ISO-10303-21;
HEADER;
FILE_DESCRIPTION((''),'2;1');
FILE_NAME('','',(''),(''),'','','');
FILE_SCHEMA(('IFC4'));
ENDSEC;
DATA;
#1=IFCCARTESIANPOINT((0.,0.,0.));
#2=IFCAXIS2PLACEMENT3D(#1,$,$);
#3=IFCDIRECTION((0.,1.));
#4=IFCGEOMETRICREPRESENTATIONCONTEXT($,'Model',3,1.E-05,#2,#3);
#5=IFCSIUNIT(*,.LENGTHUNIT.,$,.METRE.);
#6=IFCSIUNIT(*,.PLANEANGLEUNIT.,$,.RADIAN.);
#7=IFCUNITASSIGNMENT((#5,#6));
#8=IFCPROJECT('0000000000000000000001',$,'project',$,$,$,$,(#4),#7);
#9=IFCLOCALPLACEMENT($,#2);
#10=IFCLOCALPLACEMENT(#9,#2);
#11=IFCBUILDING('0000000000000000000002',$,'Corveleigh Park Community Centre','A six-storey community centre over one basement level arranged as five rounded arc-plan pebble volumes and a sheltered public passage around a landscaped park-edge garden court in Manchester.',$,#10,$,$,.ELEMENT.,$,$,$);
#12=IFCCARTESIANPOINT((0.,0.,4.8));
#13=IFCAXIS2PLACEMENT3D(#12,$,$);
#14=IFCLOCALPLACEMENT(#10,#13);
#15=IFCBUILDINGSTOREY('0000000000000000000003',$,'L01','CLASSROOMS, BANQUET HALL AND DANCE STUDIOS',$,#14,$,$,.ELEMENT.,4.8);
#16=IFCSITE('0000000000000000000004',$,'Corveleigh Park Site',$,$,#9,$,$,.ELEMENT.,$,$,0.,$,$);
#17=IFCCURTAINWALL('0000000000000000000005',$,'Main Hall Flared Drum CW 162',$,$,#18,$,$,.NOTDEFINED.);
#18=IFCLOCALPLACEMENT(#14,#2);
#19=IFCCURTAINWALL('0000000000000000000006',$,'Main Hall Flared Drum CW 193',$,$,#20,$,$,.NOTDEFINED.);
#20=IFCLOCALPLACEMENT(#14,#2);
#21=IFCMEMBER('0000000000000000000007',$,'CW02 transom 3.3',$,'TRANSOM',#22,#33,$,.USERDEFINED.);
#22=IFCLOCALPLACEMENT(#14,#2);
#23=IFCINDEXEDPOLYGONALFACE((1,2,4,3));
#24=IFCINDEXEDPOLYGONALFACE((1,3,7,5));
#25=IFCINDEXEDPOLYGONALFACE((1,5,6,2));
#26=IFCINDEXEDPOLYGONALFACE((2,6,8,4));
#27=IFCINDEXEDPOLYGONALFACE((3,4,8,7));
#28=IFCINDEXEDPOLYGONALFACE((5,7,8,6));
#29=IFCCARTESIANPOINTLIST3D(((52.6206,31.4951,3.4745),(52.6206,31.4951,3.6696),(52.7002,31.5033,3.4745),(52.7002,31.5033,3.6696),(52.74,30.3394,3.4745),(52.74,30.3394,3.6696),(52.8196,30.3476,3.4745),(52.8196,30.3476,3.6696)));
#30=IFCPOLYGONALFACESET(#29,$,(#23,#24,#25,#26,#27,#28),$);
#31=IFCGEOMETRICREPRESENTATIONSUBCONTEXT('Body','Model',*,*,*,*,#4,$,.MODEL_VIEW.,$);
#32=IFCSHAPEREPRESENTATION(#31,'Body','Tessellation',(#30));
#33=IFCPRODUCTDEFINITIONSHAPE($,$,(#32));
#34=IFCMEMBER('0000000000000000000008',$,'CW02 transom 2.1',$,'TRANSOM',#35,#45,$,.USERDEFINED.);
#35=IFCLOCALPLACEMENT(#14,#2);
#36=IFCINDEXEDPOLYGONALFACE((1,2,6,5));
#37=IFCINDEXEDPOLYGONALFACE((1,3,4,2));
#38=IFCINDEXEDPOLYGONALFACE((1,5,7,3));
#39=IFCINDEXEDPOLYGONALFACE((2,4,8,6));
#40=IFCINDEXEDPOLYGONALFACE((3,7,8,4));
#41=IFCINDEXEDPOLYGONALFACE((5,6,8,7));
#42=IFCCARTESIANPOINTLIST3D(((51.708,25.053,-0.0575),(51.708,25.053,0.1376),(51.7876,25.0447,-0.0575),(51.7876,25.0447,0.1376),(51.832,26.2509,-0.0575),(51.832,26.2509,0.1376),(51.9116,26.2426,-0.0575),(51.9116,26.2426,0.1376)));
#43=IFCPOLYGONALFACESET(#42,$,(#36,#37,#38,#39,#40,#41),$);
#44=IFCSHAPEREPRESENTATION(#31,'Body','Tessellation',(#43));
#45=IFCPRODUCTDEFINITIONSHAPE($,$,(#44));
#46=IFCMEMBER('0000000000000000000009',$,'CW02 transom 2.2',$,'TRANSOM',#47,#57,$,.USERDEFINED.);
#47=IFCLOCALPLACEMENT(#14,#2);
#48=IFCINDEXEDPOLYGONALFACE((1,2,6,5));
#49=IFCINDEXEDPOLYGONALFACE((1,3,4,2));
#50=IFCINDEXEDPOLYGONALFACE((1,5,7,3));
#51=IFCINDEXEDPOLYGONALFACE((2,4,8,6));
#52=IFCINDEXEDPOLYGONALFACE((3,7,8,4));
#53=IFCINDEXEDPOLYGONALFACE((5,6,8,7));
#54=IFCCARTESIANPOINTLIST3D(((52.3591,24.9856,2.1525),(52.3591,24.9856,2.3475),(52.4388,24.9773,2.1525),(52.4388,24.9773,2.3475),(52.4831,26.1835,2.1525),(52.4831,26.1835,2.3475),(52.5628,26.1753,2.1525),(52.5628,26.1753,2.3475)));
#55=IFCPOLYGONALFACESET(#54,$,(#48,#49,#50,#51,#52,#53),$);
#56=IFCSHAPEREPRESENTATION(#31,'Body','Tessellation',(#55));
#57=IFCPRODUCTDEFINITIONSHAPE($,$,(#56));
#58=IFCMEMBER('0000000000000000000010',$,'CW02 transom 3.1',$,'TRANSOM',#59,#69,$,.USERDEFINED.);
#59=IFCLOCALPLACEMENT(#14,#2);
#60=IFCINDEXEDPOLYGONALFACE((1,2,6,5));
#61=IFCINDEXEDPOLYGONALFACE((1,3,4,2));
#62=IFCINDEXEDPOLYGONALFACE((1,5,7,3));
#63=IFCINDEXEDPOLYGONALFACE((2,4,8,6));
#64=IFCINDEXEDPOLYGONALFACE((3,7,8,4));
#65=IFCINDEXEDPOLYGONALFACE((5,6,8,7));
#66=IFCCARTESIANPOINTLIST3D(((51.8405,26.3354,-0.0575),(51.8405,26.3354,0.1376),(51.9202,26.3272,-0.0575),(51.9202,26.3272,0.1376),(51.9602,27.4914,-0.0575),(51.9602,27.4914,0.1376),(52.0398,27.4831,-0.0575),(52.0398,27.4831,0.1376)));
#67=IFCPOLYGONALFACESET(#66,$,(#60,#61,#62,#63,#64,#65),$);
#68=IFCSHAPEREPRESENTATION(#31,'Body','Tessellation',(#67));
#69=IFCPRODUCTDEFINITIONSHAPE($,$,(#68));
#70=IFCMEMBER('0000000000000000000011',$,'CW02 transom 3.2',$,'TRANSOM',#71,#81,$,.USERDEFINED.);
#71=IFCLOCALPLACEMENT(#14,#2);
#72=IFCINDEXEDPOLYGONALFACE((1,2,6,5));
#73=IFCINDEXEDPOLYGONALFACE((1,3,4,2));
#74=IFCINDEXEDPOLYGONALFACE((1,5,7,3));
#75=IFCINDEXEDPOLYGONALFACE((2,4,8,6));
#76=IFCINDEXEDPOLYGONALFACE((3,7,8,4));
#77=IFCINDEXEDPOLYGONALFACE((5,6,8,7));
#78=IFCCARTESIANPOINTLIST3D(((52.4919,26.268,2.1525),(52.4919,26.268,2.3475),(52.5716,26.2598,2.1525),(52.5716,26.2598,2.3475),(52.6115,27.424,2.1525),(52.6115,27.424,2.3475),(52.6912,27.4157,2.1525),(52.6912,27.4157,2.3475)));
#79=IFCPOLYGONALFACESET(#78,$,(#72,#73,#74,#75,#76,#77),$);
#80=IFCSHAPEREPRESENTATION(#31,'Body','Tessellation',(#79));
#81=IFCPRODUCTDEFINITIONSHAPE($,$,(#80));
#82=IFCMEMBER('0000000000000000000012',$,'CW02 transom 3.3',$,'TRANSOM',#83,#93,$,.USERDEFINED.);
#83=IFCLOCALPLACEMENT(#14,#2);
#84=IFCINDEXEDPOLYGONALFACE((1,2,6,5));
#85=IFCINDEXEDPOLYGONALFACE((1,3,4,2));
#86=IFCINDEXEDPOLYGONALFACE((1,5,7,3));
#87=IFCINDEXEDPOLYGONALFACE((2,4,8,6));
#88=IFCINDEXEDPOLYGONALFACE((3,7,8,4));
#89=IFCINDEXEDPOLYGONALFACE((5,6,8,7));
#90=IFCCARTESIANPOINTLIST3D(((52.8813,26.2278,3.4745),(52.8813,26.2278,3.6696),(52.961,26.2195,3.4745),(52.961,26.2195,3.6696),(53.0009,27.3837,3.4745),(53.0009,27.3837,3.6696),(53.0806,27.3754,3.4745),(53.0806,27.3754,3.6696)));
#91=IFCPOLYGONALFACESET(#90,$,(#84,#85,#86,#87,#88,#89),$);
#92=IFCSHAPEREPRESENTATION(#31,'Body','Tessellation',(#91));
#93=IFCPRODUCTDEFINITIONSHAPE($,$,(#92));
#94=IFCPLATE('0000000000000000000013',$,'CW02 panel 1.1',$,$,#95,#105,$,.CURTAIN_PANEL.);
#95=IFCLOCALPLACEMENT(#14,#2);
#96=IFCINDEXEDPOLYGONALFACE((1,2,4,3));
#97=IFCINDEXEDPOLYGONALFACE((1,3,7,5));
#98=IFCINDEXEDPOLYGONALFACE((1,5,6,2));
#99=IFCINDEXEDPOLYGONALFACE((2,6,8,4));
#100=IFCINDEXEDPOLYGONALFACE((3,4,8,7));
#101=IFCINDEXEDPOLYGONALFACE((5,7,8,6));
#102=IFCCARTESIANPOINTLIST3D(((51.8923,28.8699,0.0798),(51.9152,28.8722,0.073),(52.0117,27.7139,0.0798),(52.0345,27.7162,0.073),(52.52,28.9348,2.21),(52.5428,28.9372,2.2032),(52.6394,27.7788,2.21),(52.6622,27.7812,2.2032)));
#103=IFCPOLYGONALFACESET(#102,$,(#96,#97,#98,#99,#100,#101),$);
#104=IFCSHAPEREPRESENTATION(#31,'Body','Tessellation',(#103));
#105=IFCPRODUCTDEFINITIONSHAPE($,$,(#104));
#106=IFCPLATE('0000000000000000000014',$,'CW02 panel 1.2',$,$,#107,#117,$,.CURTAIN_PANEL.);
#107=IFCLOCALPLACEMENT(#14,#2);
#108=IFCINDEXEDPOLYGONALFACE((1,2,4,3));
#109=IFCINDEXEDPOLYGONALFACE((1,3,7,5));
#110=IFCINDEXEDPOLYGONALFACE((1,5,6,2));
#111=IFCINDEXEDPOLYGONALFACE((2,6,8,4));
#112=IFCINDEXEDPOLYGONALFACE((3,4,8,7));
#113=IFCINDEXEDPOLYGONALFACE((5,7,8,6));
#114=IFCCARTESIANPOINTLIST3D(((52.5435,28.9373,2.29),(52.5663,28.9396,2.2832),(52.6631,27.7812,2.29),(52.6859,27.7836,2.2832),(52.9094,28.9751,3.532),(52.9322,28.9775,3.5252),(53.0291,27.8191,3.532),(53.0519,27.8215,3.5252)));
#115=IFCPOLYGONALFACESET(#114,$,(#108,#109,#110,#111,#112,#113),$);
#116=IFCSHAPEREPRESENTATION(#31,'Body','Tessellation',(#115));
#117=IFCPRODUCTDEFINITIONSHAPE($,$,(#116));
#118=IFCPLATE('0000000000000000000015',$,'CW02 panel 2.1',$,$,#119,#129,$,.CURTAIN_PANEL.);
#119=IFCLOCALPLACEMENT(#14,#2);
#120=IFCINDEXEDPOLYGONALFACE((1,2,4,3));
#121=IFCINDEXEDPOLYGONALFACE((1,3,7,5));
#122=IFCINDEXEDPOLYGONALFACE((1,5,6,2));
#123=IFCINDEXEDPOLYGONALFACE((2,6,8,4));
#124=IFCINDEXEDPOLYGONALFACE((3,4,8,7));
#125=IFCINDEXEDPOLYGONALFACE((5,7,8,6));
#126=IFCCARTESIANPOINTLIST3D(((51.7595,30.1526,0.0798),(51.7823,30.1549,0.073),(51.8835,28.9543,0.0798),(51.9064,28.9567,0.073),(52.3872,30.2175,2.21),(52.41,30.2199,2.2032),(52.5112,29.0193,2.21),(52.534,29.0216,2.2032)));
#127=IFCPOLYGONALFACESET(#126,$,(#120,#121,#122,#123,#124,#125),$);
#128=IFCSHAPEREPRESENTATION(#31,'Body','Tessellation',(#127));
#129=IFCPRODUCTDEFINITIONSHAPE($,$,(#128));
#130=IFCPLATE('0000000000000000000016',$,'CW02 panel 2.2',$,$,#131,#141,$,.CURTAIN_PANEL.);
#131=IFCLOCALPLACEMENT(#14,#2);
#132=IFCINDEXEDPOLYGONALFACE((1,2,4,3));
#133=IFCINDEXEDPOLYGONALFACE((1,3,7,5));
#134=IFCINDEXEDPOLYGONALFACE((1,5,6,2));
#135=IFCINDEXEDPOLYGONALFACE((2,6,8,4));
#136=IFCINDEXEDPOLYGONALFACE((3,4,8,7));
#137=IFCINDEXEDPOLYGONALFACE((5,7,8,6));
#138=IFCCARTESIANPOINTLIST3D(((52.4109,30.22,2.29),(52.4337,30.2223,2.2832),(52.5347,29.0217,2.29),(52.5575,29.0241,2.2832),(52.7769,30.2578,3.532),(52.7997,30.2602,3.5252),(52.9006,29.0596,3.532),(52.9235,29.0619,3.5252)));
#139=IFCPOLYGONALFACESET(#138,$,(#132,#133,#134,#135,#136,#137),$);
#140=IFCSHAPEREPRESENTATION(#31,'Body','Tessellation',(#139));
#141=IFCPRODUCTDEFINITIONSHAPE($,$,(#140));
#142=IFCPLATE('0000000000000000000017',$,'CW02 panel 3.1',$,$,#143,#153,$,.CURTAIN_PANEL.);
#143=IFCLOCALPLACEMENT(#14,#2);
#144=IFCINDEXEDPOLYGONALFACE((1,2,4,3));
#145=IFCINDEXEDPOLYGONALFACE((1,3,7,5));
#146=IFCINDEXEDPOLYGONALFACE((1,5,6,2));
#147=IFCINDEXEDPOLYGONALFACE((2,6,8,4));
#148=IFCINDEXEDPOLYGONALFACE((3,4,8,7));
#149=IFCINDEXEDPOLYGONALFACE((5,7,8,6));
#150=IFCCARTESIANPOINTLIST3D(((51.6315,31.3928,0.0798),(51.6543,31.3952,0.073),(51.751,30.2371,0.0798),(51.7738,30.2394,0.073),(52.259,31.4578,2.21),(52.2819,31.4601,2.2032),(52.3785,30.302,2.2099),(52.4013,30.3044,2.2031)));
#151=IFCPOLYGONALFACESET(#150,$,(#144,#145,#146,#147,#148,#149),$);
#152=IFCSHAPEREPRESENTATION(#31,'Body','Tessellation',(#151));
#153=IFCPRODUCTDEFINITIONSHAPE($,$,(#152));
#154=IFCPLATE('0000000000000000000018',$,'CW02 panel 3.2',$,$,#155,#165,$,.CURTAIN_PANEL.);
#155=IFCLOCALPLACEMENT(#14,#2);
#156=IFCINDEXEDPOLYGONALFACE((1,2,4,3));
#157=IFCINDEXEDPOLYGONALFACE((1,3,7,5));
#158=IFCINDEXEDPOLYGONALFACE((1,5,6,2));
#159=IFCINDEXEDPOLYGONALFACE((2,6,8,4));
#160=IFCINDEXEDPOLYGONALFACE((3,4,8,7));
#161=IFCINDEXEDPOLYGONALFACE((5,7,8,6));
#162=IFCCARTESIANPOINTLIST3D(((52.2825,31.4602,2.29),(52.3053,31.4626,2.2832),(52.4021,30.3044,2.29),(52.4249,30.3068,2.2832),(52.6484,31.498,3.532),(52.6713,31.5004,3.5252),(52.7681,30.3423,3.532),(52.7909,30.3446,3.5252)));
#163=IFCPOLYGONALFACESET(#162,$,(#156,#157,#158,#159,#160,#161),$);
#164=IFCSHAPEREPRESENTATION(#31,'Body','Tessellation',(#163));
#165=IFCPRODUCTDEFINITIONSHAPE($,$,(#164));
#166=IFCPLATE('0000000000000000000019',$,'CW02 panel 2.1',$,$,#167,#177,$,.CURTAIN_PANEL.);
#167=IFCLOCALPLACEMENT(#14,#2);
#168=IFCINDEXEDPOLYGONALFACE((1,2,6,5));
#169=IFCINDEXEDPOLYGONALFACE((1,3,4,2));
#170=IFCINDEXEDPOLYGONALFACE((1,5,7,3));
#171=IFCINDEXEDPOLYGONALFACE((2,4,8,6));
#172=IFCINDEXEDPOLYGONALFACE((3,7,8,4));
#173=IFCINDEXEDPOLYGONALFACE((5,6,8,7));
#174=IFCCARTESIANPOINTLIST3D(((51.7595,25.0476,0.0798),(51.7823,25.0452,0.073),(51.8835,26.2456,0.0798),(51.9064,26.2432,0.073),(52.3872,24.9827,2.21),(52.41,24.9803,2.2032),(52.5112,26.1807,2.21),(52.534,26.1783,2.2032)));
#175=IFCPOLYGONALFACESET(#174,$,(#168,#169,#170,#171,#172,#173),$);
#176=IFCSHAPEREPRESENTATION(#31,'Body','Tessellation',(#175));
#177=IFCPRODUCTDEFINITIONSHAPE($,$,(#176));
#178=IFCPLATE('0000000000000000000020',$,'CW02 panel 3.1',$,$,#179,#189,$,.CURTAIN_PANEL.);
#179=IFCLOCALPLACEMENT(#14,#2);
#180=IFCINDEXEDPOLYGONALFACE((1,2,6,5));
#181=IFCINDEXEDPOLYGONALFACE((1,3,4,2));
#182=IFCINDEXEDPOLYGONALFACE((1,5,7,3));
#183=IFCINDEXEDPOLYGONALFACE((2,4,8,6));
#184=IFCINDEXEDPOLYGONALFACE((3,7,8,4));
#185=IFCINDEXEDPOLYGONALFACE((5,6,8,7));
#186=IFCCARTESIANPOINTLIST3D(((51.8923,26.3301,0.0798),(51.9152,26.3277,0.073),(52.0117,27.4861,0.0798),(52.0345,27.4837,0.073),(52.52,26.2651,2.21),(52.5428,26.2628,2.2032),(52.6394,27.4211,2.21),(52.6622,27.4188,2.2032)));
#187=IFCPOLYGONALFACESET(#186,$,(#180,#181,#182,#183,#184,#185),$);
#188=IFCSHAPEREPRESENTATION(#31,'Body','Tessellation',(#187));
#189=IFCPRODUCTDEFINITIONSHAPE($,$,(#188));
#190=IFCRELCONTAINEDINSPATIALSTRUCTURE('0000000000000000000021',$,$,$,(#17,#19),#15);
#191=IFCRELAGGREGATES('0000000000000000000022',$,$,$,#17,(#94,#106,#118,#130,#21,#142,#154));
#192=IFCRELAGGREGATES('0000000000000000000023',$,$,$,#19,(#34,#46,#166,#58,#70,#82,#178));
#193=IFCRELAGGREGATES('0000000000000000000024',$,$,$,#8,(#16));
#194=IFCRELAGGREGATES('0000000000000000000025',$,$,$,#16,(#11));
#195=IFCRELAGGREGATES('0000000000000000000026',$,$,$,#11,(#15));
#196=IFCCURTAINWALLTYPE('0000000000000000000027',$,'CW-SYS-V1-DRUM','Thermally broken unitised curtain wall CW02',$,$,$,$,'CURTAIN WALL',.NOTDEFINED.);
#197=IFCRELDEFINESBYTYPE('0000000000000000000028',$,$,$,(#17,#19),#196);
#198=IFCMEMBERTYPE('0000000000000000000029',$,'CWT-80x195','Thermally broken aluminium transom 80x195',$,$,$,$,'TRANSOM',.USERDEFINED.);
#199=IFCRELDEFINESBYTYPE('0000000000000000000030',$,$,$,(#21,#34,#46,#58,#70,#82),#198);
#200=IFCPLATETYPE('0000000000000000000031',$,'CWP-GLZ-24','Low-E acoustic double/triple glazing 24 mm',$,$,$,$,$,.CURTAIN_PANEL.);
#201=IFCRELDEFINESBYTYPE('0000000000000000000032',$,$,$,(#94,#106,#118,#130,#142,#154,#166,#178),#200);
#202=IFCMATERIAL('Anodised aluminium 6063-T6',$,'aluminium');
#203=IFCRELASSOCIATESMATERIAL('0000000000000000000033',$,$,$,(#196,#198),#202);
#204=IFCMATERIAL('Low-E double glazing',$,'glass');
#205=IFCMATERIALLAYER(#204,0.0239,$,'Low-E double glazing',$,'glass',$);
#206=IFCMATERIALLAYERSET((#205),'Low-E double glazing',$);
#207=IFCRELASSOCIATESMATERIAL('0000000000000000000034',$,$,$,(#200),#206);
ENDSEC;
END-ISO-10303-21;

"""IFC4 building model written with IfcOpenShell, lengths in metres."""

from ifc_helpers import new_model, si_unit, direction, frame, origin, origin_2d, place, context, subcontext, project, spatial, polyline, rectangle, outline, extrude, material, layer, layer_set, material_profile, profile_set, type_object, element, aggregate, save


model = new_model("IFC4")

# Units and contexts
model_context = context("Model", 3, precision=1e-05, world=origin(), true_north=direction((0.0, 1.0)))
body_context = subcontext(model_context, "Body", "Model", "MODEL_VIEW")
ifc_project = project(units=[si_unit("LENGTHUNIT", "METRE"), si_unit("PLANEANGLEUNIT", "RADIAN")], contexts=[model_context])

# Site, building, storey
site_placement = place(None, origin())
site = spatial("IfcSite", under=ifc_project, at=site_placement, Name="Corveleigh Park Site", CompositionType="ELEMENT", RefElevation=0.0)
building_placement = place(site_placement, origin())
building = spatial("IfcBuilding", under=site, at=building_placement, Name="Corveleigh Park Community Centre", Description="A six-storey community centre over one basement level arranged as five rounded arc-plan pebble volumes and a sheltered public passage around a landscaped park-edge garden court in Manchester.", CompositionType="ELEMENT")
storey_placement = place(building_placement, frame((0.0, 0.0, 4.8)))
storey = spatial("IfcBuildingStorey", under=building, at=storey_placement, Name="L01", Description="CLASSROOMS, BANQUET HALL AND DANCE STUDIOS", CompositionType="ELEMENT", Elevation=4.8)

# Curtain walls
ifc_material_1 = material(Name="Anodised aluminium 6063-T6", Category="aluminium")
curtain_wall_type = type_object("IfcCurtainWallType", Name="CW-SYS-V1-DRUM", Description="Thermally broken unitised curtain wall CW02", ElementType="CURTAIN WALL", PredefinedType="NOTDEFINED", material=ifc_material_1)
curtain_wall_1_placement = place(storey_placement, origin())
curtain_wall_1 = element("IfcCurtainWall", 1, at=curtain_wall_1_placement, inside=storey, type_object=curtain_wall_type, Name="Main Hall Flared Drum CW 162", PredefinedType="NOTDEFINED")
curtain_wall_2_placement = place(storey_placement, origin())
curtain_wall_2 = element("IfcCurtainWall", 2, at=curtain_wall_2_placement, inside=storey, type_object=curtain_wall_type, Name="Main Hall Flared Drum CW 193", PredefinedType="NOTDEFINED")

# Members
ifc_material_profile_1 = material_profile(ifc_material_1, rectangle(XDim=0.0801, YDim=0.1951, at=origin_2d()), Name="ALU-T80x195", Category="aluminium")
ifc_profile_set_1 = profile_set([ifc_material_profile_1], Name="Anodised aluminium 6063-T6")
member_type_1 = type_object("IfcMemberType", Name="CWT-80x195", Description="Thermally broken aluminium transom 80x195", ElementType="TRANSOM", PredefinedType="USERDEFINED", material=ifc_profile_set_1)
member_1_placement = place(storey_placement, frame((52.7798, 30.3435, 3.572), z_axis=(-0.102749, 0.994707, 0.0), x_axis=(-0.994707, -0.102749, 0.0)))
member_1 = element("IfcMember", 3, at=member_1_placement, type_object=member_type_1, Name="CW02 transom 3.3", ObjectType="TRANSOM", PredefinedType="USERDEFINED", context=body_context, shape_type="SweptSolid", body=[
    extrude(rectangle(XDim=0.0801, YDim=0.1951, at=origin_2d()), origin(), (0.0, 0.0, 1.0), 1.1619),
])
member_2_placement = place(storey_placement, frame((51.7478, 25.0488, 0.04), z_axis=(0.102975, 0.994684, 0.0), x_axis=(-0.994684, 0.102975, 0.0)))
member_2 = element("IfcMember", 4, at=member_2_placement, type_object=member_type_1, Name="CW02 transom 2.1", ObjectType="TRANSOM", PredefinedType="USERDEFINED", context=body_context, shape_type="SweptSolid", body=[
    extrude(rectangle(XDim=0.0801, YDim=0.1951, at=origin_2d()), origin(), (0.0, 0.0, 1.0), 1.2043),
])
member_3_placement = place(storey_placement, frame((52.3989, 24.9814, 2.25), z_axis=(0.102975, 0.994684, 0.0), x_axis=(-0.994684, 0.102975, 0.0)))
member_3 = element("IfcMember", 5, at=member_3_placement, type_object=member_type_1, Name="CW02 transom 2.2", ObjectType="TRANSOM", PredefinedType="USERDEFINED", context=body_context, shape_type="SweptSolid", body=[
    extrude(rectangle(XDim=0.0801, YDim=0.1951, at=origin_2d()), origin(), (0.0, 0.0, 1.0), 1.2043),
])
member_4_placement = place(storey_placement, frame((51.8804, 26.3313, 0.04), z_axis=(0.102935, 0.994688, 0.0), x_axis=(-0.994688, 0.102935, 0.0)))
member_4 = element("IfcMember", 6, at=member_4_placement, type_object=member_type_1, Name="CW02 transom 3.1", ObjectType="TRANSOM", PredefinedType="USERDEFINED", context=body_context, shape_type="SweptSolid", body=[
    extrude(rectangle(XDim=0.0801, YDim=0.1951, at=origin_2d()), origin(), (0.0, 0.0, 1.0), 1.1621),
])
member_5_placement = place(storey_placement, frame((52.5317, 26.2639, 2.25), z_axis=(0.102935, 0.994688, 0.0), x_axis=(-0.994688, 0.102935, 0.0)))
member_5 = element("IfcMember", 7, at=member_5_placement, type_object=member_type_1, Name="CW02 transom 3.2", ObjectType="TRANSOM", PredefinedType="USERDEFINED", context=body_context, shape_type="SweptSolid", body=[
    extrude(rectangle(XDim=0.0801, YDim=0.1951, at=origin_2d()), origin(), (0.0, 0.0, 1.0), 1.1621),
])
member_6_placement = place(storey_placement, frame((52.9211, 26.2236, 3.572), z_axis=(0.102935, 0.994688, 0.0), x_axis=(-0.994688, 0.102935, 0.0)))
member_6 = element("IfcMember", 8, at=member_6_placement, type_object=member_type_1, Name="CW02 transom 3.3", ObjectType="TRANSOM", PredefinedType="USERDEFINED", context=body_context, shape_type="SweptSolid", body=[
    extrude(rectangle(XDim=0.0801, YDim=0.1951, at=origin_2d()), origin(), (0.0, 0.0, 1.0), 1.1621),
])

# Plates
ifc_material_2 = material(Name="Low-E double glazing", Category="glass")
ifc_layer = layer(ifc_material_2, 0.0239, Name="Low-E double glazing", Category="glass")
ifc_layer_set = layer_set([ifc_layer], Name="Low-E double glazing")
plate_type = type_object("IfcPlateType", Name="CWP-GLZ-24", Description="Low-E acoustic double/triple glazing 24 mm", PredefinedType="CURTAIN_PANEL", material=ifc_layer_set)
plate_1_placement = place(storey_placement, frame((52.0117, 27.7139, 0.0798), z_axis=(-0.953739, -0.098496, 0.284042), x_axis=(-0.102727, 0.99471, 0.0)))
plate_1 = element("IfcPlate", 9, at=plate_1_placement, type_object=plate_type, Name="CW02 panel 1.1", PredefinedType="CURTAIN_PANEL", context=body_context, shape_type="SweptSolid", body=[
    extrude(outline(polyline([(0.0, 0.0), (1.1622, 0.0), (1.1623, -2.2216), (0.0001, -2.2216), (0.0, 0.0)])), origin(), (0.0, 0.0, -1.0), 0.0239),
])
plate_2_placement = place(storey_placement, frame((52.6631, 27.7812, 2.29), z_axis=(-0.953719, -0.098695, 0.284042), x_axis=(-0.102935, 0.994688, 0.0)))
plate_2 = element("IfcPlate", 10, at=plate_2_placement, type_object=plate_type, Name="CW02 panel 1.2", PredefinedType="CURTAIN_PANEL", context=body_context, shape_type="SweptSolid", body=[
    extrude(outline(polyline([(0.0, 0.0), (1.1622, 0.0), (1.1621, -1.2953), (0.0, -1.2953), (0.0, 0.0)])), origin(), (0.0, 0.0, -1.0), 0.0239),
])
plate_3_placement = place(storey_placement, frame((51.8835, 28.9543, 0.0798), z_axis=(-0.953717, -0.098714, 0.284042), x_axis=(-0.102954, 0.994686, 0.0)))
plate_3 = element("IfcPlate", 11, at=plate_3_placement, type_object=plate_type, Name="CW02 panel 2.1", PredefinedType="CURTAIN_PANEL", context=body_context, shape_type="SweptSolid", body=[
    extrude(outline(polyline([(0.0, 0.0), (1.2046, 0.0), (1.2046, -2.2216), (0.0, -2.2216), (0.0, 0.0)])), origin(), (0.0, 0.0, -1.0), 0.0239),
])
plate_4_placement = place(storey_placement, frame((52.5347, 29.0217, 2.29), z_axis=(-0.953737, -0.098522, 0.284042), x_axis=(-0.102754, 0.994707, 0.0)))
plate_4 = element("IfcPlate", 12, at=plate_4_placement, type_object=plate_type, Name="CW02 panel 2.2", PredefinedType="CURTAIN_PANEL", context=body_context, shape_type="SweptSolid", body=[
    extrude(outline(polyline([(0.0, 0.0), (1.2046, 0.0), (1.2047, -1.2953), (0.0, -1.2953), (0.0, 0.0)])), origin(), (0.0, 0.0, -1.0), 0.0239),
])
plate_5_placement = place(storey_placement, frame((51.751, 30.2371, 0.0798), z_axis=(-0.953742, -0.098618, 0.283991), x_axis=(-0.102861, 0.994696, -0.000028)))
plate_5 = element("IfcPlate", 13, at=plate_5_placement, type_object=plate_type, Name="CW02 panel 3.1", PredefinedType="CURTAIN_PANEL", context=body_context, shape_type="SweptSolid", body=[
    extrude(outline(polyline([(0.0, 0.0), (1.1619, 0.0), (1.1619, -2.2216), (0.0, -2.2216), (0.0, 0.0)])), origin(), (0.0, 0.0, -1.0), 0.0239),
])
plate_6_placement = place(storey_placement, frame((52.4021, 30.3044, 2.29), z_axis=(-0.953717, -0.098716, 0.284042), x_axis=(-0.102957, 0.994686, 0.0)))
plate_6 = element("IfcPlate", 14, at=plate_6_placement, type_object=plate_type, Name="CW02 panel 3.2", PredefinedType="CURTAIN_PANEL", context=body_context, shape_type="SweptSolid", body=[
    extrude(outline(polyline([(0.0, 0.0), (1.1619, 0.0), (1.1619, -1.2953), (0.0, -1.2953), (0.0, 0.0)])), origin(), (0.0, 0.0, -1.0), 0.0239),
])
aggregate(curtain_wall_1, [plate_1, plate_2, plate_3, plate_4, member_1, plate_5, plate_6])
plate_7_placement = place(storey_placement, frame((51.7595, 25.0476, 0.0798), z_axis=(-0.953715, 0.098734, 0.284042), x_axis=(0.102975, 0.994684, 0.0)))
plate_7 = element("IfcPlate", 15, at=plate_7_placement, type_object=plate_type, Name="CW02 panel 2.1", PredefinedType="CURTAIN_PANEL", context=body_context, shape_type="SweptSolid", body=[
    extrude(outline(polyline([(0.0, 0.0), (1.2044, 0.0), (1.2044, -2.2216), (0.0, -2.2216), (0.0, 0.0)])), origin(), (0.0, 0.0, -1.0), 0.0239),
])
plate_8_placement = place(storey_placement, frame((51.8923, 26.3301, 0.0798), z_axis=(-0.953739, 0.098496, 0.284042), x_axis=(0.102727, 0.99471, 0.0)))
plate_8 = element("IfcPlate", 16, at=plate_8_placement, type_object=plate_type, Name="CW02 panel 3.1", PredefinedType="CURTAIN_PANEL", context=body_context, shape_type="SweptSolid", body=[
    extrude(outline(polyline([(0.0, 0.0), (1.1622, 0.0), (1.162, -2.2216), (-0.0001, -2.2216), (0.0, 0.0)])), origin(), (0.0, 0.0, -1.0), 0.0239),
])
aggregate(curtain_wall_2, [member_2, member_3, plate_7, member_4, member_5, member_6, plate_8])

save(model, "model.ifc")
